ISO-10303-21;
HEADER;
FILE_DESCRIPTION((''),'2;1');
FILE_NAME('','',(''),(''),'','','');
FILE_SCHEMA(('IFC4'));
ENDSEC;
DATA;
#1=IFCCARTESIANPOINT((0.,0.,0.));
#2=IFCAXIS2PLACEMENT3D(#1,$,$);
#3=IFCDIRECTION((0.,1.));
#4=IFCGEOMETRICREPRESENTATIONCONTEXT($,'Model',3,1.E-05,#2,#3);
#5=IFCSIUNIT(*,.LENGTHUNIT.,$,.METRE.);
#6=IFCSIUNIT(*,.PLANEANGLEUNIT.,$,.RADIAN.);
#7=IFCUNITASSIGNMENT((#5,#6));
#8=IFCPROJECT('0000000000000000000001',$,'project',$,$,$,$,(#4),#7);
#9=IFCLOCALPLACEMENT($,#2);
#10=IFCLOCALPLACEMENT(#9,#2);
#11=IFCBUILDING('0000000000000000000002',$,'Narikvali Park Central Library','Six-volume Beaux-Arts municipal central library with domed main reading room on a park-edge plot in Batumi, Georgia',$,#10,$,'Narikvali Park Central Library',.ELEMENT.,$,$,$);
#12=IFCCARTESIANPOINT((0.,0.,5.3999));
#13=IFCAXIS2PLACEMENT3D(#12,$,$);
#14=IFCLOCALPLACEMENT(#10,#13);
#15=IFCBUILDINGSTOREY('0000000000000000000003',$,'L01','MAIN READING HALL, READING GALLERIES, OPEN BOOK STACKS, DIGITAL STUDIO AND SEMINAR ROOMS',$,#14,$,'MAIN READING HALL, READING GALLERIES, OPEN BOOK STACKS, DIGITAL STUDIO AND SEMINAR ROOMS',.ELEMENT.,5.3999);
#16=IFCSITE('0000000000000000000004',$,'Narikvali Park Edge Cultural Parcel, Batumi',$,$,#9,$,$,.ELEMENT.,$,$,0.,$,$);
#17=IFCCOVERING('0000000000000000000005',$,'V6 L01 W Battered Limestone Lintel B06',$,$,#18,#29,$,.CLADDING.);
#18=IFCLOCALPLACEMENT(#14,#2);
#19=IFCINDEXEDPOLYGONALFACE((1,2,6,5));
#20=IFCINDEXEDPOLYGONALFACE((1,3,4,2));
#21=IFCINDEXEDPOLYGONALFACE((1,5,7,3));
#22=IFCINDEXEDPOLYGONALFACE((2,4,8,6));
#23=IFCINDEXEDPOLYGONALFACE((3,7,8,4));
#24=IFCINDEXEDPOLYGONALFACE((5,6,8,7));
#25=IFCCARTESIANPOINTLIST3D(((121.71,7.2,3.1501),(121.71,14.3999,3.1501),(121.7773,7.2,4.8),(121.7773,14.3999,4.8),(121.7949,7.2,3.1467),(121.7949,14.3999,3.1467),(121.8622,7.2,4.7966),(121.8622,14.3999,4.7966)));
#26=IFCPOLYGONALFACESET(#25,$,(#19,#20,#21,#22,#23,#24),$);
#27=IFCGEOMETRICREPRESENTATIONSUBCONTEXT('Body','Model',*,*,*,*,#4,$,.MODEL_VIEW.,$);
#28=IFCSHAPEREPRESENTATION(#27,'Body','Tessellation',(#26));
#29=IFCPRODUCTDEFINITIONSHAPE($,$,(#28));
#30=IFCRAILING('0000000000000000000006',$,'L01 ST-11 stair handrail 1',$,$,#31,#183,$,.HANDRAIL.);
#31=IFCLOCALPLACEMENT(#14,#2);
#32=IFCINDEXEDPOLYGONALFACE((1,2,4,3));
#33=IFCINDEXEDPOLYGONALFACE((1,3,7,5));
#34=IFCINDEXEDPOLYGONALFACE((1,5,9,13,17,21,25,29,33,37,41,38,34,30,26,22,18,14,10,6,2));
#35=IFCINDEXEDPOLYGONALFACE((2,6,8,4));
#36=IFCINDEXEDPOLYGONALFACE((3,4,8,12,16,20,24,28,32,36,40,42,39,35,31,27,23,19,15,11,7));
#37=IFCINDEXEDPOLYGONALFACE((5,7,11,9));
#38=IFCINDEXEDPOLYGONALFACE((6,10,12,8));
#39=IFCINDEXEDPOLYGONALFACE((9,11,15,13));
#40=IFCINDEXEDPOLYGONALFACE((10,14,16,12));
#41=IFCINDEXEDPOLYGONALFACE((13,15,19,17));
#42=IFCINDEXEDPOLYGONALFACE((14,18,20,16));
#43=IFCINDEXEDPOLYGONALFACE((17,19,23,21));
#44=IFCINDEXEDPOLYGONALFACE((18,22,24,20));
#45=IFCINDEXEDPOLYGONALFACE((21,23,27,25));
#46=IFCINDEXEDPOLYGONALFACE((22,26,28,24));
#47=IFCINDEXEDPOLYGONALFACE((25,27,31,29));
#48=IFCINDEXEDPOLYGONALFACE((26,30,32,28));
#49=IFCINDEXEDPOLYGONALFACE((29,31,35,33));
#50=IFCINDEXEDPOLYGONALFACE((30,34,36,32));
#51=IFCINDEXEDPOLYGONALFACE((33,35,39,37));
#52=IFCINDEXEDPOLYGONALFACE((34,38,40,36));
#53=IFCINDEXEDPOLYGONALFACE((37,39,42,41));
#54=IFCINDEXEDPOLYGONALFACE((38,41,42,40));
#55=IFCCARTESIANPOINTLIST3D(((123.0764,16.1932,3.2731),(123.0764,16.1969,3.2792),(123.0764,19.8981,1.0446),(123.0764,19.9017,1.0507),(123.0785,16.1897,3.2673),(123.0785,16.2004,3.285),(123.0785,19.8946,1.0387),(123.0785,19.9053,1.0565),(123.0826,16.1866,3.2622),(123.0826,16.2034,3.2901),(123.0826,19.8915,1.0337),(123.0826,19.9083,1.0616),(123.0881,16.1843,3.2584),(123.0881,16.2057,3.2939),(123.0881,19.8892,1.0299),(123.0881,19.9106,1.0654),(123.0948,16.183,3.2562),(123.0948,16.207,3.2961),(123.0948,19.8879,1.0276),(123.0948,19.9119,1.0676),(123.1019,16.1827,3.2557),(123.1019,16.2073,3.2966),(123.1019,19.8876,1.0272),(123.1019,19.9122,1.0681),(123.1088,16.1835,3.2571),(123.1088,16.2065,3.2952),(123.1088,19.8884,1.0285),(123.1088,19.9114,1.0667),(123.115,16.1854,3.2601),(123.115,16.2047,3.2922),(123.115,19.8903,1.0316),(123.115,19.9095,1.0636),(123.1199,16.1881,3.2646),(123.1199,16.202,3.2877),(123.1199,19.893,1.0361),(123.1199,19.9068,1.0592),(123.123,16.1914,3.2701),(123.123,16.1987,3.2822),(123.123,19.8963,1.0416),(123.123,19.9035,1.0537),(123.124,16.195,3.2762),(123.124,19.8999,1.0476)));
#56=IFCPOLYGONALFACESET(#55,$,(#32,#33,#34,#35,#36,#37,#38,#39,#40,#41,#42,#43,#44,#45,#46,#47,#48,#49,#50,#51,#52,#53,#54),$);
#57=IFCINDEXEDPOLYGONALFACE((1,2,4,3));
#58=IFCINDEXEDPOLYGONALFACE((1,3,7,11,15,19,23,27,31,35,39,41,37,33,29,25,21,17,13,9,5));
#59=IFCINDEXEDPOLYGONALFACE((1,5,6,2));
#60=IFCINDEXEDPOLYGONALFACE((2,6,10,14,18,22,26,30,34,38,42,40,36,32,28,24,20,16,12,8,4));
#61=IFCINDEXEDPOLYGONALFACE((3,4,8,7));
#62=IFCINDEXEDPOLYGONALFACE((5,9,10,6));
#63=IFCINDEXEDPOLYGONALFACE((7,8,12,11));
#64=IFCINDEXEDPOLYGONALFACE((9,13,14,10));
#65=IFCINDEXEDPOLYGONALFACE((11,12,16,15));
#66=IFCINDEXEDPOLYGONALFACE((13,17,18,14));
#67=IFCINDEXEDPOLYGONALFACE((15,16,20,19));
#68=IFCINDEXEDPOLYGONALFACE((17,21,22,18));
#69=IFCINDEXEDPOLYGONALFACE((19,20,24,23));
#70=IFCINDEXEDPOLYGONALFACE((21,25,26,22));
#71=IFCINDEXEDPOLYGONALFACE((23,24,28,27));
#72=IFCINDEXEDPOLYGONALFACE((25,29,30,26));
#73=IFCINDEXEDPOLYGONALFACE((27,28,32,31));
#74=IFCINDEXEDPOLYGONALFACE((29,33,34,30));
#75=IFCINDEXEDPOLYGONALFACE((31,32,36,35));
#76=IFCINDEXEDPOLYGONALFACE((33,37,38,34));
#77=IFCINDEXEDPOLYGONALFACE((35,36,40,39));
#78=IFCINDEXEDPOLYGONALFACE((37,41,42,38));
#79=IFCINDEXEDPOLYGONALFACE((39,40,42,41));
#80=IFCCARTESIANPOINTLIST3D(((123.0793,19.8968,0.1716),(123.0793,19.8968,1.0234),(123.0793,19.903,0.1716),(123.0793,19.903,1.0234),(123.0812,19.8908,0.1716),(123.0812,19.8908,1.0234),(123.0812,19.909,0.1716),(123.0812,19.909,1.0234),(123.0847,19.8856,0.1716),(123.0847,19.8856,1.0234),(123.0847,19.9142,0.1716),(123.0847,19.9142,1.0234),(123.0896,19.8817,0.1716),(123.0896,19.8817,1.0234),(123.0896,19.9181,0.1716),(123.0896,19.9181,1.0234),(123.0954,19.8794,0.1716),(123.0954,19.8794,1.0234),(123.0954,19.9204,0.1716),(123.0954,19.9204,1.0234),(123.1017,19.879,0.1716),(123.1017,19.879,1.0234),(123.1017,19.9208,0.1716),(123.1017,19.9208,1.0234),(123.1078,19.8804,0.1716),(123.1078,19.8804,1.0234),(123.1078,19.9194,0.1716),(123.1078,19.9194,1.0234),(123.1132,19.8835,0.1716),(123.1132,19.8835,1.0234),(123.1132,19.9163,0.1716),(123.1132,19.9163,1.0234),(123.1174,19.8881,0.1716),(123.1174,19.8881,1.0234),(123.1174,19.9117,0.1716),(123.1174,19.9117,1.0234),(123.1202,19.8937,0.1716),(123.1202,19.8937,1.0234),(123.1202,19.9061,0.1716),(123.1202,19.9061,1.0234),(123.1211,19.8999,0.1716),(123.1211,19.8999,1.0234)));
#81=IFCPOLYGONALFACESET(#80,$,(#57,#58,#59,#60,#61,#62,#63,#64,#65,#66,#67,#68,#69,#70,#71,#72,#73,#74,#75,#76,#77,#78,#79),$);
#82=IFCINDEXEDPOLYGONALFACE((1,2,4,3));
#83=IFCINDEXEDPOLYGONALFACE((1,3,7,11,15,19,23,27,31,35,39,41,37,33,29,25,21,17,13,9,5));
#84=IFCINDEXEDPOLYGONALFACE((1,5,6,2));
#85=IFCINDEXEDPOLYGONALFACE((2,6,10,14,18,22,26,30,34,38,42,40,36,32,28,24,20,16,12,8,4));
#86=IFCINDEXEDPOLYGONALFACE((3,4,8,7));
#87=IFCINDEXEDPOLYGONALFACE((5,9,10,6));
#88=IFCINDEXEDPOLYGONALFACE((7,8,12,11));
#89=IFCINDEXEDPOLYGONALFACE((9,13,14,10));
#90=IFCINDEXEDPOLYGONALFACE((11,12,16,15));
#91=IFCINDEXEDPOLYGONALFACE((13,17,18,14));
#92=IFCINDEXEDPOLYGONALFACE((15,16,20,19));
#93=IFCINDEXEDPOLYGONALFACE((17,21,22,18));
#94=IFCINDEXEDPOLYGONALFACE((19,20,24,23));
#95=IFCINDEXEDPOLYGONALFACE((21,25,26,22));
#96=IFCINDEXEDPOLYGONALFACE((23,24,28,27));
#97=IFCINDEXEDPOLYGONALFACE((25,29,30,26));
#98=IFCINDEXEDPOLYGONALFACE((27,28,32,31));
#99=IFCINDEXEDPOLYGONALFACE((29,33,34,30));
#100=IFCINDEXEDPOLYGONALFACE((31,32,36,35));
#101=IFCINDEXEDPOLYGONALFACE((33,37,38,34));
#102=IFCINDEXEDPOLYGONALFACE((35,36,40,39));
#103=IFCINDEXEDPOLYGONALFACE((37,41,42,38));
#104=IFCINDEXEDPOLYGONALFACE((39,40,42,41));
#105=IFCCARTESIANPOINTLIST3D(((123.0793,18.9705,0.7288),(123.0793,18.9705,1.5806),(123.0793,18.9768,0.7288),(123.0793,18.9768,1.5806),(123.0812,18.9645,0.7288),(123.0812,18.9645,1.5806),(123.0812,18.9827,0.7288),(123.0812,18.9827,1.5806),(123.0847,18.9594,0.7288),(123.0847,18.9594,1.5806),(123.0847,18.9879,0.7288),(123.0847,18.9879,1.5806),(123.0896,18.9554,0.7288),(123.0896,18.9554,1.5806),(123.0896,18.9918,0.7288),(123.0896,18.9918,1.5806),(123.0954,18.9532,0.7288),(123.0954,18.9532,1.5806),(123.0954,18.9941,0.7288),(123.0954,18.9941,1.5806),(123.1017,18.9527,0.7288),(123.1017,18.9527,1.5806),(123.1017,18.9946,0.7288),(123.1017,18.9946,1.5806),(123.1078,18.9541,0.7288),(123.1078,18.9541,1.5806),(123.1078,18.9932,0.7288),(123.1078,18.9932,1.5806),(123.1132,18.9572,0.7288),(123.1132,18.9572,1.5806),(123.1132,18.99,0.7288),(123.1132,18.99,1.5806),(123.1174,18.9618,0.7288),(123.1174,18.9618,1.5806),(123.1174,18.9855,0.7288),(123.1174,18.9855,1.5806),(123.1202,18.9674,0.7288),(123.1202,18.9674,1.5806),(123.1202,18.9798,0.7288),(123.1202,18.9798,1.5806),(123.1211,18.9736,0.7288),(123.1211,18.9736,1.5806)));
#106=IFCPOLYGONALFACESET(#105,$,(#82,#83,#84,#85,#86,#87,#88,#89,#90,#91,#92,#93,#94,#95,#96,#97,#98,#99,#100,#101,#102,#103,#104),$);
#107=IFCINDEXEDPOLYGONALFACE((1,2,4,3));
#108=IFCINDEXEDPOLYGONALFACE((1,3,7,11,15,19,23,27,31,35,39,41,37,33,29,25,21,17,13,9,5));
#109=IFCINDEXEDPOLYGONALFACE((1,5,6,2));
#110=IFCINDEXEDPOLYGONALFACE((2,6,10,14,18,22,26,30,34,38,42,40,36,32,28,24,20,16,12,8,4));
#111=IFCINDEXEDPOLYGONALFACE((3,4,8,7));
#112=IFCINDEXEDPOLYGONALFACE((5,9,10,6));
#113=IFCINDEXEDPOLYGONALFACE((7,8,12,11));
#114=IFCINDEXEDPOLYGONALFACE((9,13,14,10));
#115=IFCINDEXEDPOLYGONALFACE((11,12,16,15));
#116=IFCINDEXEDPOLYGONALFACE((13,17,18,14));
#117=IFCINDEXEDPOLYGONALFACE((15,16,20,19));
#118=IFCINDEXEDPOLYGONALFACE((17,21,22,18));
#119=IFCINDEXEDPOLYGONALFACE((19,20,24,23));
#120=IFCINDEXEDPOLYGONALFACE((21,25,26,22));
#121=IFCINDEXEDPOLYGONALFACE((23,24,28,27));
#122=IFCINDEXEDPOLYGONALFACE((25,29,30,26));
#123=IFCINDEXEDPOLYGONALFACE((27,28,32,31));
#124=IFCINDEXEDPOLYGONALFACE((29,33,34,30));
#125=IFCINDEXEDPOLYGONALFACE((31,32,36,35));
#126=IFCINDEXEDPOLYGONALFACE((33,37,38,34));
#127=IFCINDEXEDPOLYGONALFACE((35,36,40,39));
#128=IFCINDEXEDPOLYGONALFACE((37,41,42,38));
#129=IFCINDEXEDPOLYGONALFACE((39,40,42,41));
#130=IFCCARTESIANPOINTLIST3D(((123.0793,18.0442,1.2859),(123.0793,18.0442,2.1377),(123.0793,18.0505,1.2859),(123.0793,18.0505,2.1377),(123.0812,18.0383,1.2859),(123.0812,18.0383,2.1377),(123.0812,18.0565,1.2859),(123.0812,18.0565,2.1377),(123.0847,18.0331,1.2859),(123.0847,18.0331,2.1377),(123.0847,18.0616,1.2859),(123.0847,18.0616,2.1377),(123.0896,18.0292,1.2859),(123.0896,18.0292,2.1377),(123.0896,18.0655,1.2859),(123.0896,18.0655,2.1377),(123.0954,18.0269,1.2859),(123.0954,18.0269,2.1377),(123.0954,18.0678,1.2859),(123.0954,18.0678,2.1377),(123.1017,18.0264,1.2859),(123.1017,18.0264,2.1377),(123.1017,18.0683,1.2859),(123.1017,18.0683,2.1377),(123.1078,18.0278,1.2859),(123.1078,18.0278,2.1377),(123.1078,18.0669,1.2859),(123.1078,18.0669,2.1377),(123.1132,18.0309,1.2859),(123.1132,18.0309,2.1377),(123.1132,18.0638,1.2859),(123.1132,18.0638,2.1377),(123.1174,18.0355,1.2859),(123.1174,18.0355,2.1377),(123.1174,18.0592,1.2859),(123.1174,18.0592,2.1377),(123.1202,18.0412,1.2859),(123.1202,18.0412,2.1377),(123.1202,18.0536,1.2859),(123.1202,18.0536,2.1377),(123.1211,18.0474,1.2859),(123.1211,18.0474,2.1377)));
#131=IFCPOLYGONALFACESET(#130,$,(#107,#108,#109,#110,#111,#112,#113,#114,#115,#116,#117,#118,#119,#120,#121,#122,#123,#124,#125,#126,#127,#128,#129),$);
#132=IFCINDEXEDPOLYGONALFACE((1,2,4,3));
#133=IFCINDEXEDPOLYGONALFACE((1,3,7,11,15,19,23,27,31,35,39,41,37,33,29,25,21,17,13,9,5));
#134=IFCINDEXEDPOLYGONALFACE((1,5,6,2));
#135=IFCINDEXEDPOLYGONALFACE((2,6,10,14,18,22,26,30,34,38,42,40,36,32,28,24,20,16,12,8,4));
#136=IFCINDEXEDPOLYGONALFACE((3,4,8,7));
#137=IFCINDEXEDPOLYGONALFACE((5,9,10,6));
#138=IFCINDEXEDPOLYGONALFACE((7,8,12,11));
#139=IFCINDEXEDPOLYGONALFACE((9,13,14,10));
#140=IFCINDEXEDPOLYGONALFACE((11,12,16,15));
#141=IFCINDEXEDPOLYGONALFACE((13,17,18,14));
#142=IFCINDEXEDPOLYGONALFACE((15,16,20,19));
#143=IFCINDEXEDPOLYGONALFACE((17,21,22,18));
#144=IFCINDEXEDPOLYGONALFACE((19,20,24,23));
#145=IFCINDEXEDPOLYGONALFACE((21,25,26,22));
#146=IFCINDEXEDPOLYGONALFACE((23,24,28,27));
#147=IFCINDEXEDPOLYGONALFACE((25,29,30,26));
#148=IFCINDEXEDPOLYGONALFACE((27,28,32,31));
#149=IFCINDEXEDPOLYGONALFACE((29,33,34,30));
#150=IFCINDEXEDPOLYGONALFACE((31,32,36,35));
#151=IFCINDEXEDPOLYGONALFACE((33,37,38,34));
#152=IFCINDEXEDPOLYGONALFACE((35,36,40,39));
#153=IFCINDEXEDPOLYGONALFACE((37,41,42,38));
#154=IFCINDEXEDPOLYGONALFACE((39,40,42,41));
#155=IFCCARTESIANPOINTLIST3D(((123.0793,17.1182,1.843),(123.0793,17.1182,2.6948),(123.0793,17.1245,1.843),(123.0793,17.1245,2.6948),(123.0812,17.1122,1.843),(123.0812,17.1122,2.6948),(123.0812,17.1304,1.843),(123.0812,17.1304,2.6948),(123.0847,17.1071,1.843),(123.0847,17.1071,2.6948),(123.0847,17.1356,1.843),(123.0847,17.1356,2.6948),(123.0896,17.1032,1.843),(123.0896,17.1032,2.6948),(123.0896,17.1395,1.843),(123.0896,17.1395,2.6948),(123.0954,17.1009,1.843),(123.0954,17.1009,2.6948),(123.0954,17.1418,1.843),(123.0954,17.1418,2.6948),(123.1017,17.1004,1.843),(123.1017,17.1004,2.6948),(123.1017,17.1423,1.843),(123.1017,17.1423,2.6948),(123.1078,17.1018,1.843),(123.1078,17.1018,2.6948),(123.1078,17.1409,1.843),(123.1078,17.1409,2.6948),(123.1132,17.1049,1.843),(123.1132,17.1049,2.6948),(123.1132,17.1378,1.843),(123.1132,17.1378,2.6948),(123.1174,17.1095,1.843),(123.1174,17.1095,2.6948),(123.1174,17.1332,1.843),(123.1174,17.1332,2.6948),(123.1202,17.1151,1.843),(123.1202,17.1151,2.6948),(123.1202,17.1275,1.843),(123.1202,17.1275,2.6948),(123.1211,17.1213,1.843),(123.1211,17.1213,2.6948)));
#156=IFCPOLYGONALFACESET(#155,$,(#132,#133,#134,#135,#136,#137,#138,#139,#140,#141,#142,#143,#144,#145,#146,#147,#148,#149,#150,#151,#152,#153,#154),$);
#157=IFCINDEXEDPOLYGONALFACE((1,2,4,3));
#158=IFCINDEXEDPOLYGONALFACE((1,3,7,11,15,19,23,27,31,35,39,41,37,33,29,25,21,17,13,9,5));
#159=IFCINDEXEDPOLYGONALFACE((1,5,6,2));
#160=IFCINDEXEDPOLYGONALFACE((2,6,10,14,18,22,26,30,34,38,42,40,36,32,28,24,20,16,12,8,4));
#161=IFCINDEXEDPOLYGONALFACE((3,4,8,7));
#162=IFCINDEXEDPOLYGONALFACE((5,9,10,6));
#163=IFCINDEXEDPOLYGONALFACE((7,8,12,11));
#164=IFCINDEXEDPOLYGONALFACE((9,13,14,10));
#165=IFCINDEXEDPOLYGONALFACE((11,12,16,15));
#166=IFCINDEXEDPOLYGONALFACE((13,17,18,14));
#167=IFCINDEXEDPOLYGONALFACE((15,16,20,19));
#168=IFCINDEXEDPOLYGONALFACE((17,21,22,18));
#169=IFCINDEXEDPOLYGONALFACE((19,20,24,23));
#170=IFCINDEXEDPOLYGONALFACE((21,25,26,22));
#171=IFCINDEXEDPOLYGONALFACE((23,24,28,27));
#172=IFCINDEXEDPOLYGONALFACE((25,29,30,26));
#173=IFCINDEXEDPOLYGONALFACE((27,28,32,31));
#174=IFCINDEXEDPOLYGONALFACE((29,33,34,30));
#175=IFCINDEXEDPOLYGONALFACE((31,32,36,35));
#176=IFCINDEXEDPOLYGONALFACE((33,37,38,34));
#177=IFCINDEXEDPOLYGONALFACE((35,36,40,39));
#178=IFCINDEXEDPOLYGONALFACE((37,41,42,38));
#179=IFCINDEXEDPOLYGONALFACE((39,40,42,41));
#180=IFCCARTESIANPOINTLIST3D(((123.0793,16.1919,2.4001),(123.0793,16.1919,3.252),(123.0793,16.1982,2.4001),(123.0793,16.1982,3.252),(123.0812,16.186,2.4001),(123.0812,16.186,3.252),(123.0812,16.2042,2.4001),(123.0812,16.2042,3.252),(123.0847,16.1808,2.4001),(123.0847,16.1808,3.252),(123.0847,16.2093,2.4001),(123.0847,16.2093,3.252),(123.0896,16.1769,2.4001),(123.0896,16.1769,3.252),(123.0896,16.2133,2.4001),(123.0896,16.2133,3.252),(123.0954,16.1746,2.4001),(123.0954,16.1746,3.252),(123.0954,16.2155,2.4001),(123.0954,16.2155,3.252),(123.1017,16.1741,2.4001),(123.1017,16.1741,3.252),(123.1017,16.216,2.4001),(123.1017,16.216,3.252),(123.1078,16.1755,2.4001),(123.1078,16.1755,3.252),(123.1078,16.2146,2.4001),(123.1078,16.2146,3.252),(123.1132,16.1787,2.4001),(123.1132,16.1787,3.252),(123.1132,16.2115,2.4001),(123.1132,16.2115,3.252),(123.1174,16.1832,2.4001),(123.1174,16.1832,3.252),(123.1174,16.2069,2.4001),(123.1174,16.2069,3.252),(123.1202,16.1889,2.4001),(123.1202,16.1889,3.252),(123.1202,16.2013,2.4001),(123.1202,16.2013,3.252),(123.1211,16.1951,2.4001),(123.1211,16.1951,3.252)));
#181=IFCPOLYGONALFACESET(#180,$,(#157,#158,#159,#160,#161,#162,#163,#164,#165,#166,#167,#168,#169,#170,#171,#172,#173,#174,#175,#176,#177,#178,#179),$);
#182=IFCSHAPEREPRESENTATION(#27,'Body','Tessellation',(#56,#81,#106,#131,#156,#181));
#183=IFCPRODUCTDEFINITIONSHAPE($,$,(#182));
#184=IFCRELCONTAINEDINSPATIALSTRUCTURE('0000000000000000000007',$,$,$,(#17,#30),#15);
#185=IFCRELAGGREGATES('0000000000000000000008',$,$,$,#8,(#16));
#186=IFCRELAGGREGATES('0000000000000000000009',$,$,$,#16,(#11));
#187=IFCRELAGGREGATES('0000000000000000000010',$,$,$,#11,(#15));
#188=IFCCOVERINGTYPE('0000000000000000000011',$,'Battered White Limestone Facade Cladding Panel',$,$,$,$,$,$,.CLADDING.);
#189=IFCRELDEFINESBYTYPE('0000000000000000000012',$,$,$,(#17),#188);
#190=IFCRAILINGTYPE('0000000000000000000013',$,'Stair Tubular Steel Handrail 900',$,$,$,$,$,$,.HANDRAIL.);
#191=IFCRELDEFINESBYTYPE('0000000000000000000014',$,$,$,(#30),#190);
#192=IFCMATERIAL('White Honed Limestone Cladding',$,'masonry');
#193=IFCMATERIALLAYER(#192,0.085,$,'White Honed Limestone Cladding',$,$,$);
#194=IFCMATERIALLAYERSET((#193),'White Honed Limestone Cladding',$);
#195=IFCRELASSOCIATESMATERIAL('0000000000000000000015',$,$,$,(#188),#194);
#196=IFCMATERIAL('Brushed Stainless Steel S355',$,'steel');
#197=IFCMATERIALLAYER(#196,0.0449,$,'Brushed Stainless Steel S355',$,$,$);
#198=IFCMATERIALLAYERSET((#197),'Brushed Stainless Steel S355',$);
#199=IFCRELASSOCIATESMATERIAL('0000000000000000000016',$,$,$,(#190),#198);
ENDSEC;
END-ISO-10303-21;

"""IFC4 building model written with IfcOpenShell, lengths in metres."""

from ifc_helpers import new_model, si_unit, direction, frame, origin, origin_2d, place, context, subcontext, project, spatial, polyline, circle, outline, extrude, material, layer, layer_set, type_object, element, save


model = new_model("IFC4")

# Units and contexts
model_context = context("Model", 3, precision=1e-05, world=origin(), true_north=direction((0.0, 1.0)))
body_context = subcontext(model_context, "Body", "Model", "MODEL_VIEW")
ifc_project = project(units=[si_unit("LENGTHUNIT", "METRE"), si_unit("PLANEANGLEUNIT", "RADIAN")], contexts=[model_context])

# Site, building, storey
site_placement = place(None, origin())
site = spatial("IfcSite", under=ifc_project, at=site_placement, Name="Narikvali Park Edge Cultural Parcel, Batumi", CompositionType="ELEMENT", RefElevation=0.0)
building_placement = place(site_placement, origin())
building = spatial("IfcBuilding", under=site, at=building_placement, Name="Narikvali Park Central Library", Description="Six-volume Beaux-Arts municipal central library with domed main reading room on a park-edge plot in Batumi, Georgia", LongName="Narikvali Park Central Library", CompositionType="ELEMENT")
storey_placement = place(building_placement, frame((0.0, 0.0, 5.3999)))
storey = spatial("IfcBuildingStorey", under=building, at=storey_placement, Name="L01", Description="MAIN READING HALL, READING GALLERIES, OPEN BOOK STACKS, DIGITAL STUDIO AND SEMINAR ROOMS", LongName="MAIN READING HALL, READING GALLERIES, OPEN BOOK STACKS, DIGITAL STUDIO AND SEMINAR ROOMS", CompositionType="ELEMENT", Elevation=5.3999)

# Covering
ifc_material_1 = material(Name="White Honed Limestone Cladding", Category="masonry")
ifc_layer_1 = layer(ifc_material_1, 0.085, Name="White Honed Limestone Cladding")
ifc_layer_set_1 = layer_set([ifc_layer_1], Name="White Honed Limestone Cladding")
covering_type = type_object("IfcCoveringType", Name="Battered White Limestone Facade Cladding Panel", PredefinedType="CLADDING", material=ifc_layer_set_1)
covering_1_placement = place(storey_placement, frame((121.71, 14.3999, 3.1501), z_axis=(-0.999167, 0.0, 0.040806), x_axis=(0.0, -1.0, 0.0)))
element("IfcCovering", 1, at=covering_1_placement, inside=storey, type_object=covering_type, Name="V6 L01 W Battered Limestone Lintel B06", PredefinedType="CLADDING", context=body_context, shape_type="SweptSolid", body=[
    extrude(outline(polyline([(0.0, 0.0), (7.2, 0.0), (7.2, 1.6513), (0.0, 1.6513), (0.0, 0.0)])), origin(), (0.0, 0.0, -1.0), 0.085),
])

# Railing
ifc_material_2 = material(Name="Brushed Stainless Steel S355", Category="steel")
ifc_layer_2 = layer(ifc_material_2, 0.0449, Name="Brushed Stainless Steel S355")
ifc_layer_set_2 = layer_set([ifc_layer_2], Name="Brushed Stainless Steel S355")
railing_type_1 = type_object("IfcRailingType", Name="Stair Tubular Steel Handrail 900", PredefinedType="HANDRAIL", material=ifc_layer_set_2)
railing_1_placement = place(storey_placement, frame((123.1001, 19.8999, 0.1716)))
element("IfcRailing", 2, at=railing_1_placement, inside=storey, type_object=railing_type_1, Name="L01 ST-11 stair handrail 1", PredefinedType="HANDRAIL", context=body_context, shape_type="SweptSolid", body=[
    extrude(circle(Radius=0.0239, at=origin_2d()), frame((0.0, 0.0, 0.876), z_axis=(0.0, -0.856919, 0.51545), x_axis=(1.0, 0.0, 0.0)), (0.0, 0.0, 1.0), 4.3235),
    extrude(circle(Radius=0.021, at=origin_2d()), origin(), (0.0, 0.0, 1.0), 0.8518),
    extrude(circle(Radius=0.021, at=origin_2d()), frame((0.0, -0.9263, 0.5571)), (0.0, 0.0, 1.0), 0.8518),
    extrude(circle(Radius=0.021, at=origin_2d()), frame((0.0, -1.8525, 1.1143)), (0.0, 0.0, 1.0), 0.8518),
    extrude(circle(Radius=0.021, at=origin_2d()), frame((0.0, -2.7786, 1.6714)), (0.0, 0.0, 1.0), 0.8518),
    extrude(circle(Radius=0.021, at=origin_2d()), frame((0.0, -3.7048, 2.2285)), (0.0, 0.0, 1.0), 0.8518),
])

save(model, "model.ifc")
